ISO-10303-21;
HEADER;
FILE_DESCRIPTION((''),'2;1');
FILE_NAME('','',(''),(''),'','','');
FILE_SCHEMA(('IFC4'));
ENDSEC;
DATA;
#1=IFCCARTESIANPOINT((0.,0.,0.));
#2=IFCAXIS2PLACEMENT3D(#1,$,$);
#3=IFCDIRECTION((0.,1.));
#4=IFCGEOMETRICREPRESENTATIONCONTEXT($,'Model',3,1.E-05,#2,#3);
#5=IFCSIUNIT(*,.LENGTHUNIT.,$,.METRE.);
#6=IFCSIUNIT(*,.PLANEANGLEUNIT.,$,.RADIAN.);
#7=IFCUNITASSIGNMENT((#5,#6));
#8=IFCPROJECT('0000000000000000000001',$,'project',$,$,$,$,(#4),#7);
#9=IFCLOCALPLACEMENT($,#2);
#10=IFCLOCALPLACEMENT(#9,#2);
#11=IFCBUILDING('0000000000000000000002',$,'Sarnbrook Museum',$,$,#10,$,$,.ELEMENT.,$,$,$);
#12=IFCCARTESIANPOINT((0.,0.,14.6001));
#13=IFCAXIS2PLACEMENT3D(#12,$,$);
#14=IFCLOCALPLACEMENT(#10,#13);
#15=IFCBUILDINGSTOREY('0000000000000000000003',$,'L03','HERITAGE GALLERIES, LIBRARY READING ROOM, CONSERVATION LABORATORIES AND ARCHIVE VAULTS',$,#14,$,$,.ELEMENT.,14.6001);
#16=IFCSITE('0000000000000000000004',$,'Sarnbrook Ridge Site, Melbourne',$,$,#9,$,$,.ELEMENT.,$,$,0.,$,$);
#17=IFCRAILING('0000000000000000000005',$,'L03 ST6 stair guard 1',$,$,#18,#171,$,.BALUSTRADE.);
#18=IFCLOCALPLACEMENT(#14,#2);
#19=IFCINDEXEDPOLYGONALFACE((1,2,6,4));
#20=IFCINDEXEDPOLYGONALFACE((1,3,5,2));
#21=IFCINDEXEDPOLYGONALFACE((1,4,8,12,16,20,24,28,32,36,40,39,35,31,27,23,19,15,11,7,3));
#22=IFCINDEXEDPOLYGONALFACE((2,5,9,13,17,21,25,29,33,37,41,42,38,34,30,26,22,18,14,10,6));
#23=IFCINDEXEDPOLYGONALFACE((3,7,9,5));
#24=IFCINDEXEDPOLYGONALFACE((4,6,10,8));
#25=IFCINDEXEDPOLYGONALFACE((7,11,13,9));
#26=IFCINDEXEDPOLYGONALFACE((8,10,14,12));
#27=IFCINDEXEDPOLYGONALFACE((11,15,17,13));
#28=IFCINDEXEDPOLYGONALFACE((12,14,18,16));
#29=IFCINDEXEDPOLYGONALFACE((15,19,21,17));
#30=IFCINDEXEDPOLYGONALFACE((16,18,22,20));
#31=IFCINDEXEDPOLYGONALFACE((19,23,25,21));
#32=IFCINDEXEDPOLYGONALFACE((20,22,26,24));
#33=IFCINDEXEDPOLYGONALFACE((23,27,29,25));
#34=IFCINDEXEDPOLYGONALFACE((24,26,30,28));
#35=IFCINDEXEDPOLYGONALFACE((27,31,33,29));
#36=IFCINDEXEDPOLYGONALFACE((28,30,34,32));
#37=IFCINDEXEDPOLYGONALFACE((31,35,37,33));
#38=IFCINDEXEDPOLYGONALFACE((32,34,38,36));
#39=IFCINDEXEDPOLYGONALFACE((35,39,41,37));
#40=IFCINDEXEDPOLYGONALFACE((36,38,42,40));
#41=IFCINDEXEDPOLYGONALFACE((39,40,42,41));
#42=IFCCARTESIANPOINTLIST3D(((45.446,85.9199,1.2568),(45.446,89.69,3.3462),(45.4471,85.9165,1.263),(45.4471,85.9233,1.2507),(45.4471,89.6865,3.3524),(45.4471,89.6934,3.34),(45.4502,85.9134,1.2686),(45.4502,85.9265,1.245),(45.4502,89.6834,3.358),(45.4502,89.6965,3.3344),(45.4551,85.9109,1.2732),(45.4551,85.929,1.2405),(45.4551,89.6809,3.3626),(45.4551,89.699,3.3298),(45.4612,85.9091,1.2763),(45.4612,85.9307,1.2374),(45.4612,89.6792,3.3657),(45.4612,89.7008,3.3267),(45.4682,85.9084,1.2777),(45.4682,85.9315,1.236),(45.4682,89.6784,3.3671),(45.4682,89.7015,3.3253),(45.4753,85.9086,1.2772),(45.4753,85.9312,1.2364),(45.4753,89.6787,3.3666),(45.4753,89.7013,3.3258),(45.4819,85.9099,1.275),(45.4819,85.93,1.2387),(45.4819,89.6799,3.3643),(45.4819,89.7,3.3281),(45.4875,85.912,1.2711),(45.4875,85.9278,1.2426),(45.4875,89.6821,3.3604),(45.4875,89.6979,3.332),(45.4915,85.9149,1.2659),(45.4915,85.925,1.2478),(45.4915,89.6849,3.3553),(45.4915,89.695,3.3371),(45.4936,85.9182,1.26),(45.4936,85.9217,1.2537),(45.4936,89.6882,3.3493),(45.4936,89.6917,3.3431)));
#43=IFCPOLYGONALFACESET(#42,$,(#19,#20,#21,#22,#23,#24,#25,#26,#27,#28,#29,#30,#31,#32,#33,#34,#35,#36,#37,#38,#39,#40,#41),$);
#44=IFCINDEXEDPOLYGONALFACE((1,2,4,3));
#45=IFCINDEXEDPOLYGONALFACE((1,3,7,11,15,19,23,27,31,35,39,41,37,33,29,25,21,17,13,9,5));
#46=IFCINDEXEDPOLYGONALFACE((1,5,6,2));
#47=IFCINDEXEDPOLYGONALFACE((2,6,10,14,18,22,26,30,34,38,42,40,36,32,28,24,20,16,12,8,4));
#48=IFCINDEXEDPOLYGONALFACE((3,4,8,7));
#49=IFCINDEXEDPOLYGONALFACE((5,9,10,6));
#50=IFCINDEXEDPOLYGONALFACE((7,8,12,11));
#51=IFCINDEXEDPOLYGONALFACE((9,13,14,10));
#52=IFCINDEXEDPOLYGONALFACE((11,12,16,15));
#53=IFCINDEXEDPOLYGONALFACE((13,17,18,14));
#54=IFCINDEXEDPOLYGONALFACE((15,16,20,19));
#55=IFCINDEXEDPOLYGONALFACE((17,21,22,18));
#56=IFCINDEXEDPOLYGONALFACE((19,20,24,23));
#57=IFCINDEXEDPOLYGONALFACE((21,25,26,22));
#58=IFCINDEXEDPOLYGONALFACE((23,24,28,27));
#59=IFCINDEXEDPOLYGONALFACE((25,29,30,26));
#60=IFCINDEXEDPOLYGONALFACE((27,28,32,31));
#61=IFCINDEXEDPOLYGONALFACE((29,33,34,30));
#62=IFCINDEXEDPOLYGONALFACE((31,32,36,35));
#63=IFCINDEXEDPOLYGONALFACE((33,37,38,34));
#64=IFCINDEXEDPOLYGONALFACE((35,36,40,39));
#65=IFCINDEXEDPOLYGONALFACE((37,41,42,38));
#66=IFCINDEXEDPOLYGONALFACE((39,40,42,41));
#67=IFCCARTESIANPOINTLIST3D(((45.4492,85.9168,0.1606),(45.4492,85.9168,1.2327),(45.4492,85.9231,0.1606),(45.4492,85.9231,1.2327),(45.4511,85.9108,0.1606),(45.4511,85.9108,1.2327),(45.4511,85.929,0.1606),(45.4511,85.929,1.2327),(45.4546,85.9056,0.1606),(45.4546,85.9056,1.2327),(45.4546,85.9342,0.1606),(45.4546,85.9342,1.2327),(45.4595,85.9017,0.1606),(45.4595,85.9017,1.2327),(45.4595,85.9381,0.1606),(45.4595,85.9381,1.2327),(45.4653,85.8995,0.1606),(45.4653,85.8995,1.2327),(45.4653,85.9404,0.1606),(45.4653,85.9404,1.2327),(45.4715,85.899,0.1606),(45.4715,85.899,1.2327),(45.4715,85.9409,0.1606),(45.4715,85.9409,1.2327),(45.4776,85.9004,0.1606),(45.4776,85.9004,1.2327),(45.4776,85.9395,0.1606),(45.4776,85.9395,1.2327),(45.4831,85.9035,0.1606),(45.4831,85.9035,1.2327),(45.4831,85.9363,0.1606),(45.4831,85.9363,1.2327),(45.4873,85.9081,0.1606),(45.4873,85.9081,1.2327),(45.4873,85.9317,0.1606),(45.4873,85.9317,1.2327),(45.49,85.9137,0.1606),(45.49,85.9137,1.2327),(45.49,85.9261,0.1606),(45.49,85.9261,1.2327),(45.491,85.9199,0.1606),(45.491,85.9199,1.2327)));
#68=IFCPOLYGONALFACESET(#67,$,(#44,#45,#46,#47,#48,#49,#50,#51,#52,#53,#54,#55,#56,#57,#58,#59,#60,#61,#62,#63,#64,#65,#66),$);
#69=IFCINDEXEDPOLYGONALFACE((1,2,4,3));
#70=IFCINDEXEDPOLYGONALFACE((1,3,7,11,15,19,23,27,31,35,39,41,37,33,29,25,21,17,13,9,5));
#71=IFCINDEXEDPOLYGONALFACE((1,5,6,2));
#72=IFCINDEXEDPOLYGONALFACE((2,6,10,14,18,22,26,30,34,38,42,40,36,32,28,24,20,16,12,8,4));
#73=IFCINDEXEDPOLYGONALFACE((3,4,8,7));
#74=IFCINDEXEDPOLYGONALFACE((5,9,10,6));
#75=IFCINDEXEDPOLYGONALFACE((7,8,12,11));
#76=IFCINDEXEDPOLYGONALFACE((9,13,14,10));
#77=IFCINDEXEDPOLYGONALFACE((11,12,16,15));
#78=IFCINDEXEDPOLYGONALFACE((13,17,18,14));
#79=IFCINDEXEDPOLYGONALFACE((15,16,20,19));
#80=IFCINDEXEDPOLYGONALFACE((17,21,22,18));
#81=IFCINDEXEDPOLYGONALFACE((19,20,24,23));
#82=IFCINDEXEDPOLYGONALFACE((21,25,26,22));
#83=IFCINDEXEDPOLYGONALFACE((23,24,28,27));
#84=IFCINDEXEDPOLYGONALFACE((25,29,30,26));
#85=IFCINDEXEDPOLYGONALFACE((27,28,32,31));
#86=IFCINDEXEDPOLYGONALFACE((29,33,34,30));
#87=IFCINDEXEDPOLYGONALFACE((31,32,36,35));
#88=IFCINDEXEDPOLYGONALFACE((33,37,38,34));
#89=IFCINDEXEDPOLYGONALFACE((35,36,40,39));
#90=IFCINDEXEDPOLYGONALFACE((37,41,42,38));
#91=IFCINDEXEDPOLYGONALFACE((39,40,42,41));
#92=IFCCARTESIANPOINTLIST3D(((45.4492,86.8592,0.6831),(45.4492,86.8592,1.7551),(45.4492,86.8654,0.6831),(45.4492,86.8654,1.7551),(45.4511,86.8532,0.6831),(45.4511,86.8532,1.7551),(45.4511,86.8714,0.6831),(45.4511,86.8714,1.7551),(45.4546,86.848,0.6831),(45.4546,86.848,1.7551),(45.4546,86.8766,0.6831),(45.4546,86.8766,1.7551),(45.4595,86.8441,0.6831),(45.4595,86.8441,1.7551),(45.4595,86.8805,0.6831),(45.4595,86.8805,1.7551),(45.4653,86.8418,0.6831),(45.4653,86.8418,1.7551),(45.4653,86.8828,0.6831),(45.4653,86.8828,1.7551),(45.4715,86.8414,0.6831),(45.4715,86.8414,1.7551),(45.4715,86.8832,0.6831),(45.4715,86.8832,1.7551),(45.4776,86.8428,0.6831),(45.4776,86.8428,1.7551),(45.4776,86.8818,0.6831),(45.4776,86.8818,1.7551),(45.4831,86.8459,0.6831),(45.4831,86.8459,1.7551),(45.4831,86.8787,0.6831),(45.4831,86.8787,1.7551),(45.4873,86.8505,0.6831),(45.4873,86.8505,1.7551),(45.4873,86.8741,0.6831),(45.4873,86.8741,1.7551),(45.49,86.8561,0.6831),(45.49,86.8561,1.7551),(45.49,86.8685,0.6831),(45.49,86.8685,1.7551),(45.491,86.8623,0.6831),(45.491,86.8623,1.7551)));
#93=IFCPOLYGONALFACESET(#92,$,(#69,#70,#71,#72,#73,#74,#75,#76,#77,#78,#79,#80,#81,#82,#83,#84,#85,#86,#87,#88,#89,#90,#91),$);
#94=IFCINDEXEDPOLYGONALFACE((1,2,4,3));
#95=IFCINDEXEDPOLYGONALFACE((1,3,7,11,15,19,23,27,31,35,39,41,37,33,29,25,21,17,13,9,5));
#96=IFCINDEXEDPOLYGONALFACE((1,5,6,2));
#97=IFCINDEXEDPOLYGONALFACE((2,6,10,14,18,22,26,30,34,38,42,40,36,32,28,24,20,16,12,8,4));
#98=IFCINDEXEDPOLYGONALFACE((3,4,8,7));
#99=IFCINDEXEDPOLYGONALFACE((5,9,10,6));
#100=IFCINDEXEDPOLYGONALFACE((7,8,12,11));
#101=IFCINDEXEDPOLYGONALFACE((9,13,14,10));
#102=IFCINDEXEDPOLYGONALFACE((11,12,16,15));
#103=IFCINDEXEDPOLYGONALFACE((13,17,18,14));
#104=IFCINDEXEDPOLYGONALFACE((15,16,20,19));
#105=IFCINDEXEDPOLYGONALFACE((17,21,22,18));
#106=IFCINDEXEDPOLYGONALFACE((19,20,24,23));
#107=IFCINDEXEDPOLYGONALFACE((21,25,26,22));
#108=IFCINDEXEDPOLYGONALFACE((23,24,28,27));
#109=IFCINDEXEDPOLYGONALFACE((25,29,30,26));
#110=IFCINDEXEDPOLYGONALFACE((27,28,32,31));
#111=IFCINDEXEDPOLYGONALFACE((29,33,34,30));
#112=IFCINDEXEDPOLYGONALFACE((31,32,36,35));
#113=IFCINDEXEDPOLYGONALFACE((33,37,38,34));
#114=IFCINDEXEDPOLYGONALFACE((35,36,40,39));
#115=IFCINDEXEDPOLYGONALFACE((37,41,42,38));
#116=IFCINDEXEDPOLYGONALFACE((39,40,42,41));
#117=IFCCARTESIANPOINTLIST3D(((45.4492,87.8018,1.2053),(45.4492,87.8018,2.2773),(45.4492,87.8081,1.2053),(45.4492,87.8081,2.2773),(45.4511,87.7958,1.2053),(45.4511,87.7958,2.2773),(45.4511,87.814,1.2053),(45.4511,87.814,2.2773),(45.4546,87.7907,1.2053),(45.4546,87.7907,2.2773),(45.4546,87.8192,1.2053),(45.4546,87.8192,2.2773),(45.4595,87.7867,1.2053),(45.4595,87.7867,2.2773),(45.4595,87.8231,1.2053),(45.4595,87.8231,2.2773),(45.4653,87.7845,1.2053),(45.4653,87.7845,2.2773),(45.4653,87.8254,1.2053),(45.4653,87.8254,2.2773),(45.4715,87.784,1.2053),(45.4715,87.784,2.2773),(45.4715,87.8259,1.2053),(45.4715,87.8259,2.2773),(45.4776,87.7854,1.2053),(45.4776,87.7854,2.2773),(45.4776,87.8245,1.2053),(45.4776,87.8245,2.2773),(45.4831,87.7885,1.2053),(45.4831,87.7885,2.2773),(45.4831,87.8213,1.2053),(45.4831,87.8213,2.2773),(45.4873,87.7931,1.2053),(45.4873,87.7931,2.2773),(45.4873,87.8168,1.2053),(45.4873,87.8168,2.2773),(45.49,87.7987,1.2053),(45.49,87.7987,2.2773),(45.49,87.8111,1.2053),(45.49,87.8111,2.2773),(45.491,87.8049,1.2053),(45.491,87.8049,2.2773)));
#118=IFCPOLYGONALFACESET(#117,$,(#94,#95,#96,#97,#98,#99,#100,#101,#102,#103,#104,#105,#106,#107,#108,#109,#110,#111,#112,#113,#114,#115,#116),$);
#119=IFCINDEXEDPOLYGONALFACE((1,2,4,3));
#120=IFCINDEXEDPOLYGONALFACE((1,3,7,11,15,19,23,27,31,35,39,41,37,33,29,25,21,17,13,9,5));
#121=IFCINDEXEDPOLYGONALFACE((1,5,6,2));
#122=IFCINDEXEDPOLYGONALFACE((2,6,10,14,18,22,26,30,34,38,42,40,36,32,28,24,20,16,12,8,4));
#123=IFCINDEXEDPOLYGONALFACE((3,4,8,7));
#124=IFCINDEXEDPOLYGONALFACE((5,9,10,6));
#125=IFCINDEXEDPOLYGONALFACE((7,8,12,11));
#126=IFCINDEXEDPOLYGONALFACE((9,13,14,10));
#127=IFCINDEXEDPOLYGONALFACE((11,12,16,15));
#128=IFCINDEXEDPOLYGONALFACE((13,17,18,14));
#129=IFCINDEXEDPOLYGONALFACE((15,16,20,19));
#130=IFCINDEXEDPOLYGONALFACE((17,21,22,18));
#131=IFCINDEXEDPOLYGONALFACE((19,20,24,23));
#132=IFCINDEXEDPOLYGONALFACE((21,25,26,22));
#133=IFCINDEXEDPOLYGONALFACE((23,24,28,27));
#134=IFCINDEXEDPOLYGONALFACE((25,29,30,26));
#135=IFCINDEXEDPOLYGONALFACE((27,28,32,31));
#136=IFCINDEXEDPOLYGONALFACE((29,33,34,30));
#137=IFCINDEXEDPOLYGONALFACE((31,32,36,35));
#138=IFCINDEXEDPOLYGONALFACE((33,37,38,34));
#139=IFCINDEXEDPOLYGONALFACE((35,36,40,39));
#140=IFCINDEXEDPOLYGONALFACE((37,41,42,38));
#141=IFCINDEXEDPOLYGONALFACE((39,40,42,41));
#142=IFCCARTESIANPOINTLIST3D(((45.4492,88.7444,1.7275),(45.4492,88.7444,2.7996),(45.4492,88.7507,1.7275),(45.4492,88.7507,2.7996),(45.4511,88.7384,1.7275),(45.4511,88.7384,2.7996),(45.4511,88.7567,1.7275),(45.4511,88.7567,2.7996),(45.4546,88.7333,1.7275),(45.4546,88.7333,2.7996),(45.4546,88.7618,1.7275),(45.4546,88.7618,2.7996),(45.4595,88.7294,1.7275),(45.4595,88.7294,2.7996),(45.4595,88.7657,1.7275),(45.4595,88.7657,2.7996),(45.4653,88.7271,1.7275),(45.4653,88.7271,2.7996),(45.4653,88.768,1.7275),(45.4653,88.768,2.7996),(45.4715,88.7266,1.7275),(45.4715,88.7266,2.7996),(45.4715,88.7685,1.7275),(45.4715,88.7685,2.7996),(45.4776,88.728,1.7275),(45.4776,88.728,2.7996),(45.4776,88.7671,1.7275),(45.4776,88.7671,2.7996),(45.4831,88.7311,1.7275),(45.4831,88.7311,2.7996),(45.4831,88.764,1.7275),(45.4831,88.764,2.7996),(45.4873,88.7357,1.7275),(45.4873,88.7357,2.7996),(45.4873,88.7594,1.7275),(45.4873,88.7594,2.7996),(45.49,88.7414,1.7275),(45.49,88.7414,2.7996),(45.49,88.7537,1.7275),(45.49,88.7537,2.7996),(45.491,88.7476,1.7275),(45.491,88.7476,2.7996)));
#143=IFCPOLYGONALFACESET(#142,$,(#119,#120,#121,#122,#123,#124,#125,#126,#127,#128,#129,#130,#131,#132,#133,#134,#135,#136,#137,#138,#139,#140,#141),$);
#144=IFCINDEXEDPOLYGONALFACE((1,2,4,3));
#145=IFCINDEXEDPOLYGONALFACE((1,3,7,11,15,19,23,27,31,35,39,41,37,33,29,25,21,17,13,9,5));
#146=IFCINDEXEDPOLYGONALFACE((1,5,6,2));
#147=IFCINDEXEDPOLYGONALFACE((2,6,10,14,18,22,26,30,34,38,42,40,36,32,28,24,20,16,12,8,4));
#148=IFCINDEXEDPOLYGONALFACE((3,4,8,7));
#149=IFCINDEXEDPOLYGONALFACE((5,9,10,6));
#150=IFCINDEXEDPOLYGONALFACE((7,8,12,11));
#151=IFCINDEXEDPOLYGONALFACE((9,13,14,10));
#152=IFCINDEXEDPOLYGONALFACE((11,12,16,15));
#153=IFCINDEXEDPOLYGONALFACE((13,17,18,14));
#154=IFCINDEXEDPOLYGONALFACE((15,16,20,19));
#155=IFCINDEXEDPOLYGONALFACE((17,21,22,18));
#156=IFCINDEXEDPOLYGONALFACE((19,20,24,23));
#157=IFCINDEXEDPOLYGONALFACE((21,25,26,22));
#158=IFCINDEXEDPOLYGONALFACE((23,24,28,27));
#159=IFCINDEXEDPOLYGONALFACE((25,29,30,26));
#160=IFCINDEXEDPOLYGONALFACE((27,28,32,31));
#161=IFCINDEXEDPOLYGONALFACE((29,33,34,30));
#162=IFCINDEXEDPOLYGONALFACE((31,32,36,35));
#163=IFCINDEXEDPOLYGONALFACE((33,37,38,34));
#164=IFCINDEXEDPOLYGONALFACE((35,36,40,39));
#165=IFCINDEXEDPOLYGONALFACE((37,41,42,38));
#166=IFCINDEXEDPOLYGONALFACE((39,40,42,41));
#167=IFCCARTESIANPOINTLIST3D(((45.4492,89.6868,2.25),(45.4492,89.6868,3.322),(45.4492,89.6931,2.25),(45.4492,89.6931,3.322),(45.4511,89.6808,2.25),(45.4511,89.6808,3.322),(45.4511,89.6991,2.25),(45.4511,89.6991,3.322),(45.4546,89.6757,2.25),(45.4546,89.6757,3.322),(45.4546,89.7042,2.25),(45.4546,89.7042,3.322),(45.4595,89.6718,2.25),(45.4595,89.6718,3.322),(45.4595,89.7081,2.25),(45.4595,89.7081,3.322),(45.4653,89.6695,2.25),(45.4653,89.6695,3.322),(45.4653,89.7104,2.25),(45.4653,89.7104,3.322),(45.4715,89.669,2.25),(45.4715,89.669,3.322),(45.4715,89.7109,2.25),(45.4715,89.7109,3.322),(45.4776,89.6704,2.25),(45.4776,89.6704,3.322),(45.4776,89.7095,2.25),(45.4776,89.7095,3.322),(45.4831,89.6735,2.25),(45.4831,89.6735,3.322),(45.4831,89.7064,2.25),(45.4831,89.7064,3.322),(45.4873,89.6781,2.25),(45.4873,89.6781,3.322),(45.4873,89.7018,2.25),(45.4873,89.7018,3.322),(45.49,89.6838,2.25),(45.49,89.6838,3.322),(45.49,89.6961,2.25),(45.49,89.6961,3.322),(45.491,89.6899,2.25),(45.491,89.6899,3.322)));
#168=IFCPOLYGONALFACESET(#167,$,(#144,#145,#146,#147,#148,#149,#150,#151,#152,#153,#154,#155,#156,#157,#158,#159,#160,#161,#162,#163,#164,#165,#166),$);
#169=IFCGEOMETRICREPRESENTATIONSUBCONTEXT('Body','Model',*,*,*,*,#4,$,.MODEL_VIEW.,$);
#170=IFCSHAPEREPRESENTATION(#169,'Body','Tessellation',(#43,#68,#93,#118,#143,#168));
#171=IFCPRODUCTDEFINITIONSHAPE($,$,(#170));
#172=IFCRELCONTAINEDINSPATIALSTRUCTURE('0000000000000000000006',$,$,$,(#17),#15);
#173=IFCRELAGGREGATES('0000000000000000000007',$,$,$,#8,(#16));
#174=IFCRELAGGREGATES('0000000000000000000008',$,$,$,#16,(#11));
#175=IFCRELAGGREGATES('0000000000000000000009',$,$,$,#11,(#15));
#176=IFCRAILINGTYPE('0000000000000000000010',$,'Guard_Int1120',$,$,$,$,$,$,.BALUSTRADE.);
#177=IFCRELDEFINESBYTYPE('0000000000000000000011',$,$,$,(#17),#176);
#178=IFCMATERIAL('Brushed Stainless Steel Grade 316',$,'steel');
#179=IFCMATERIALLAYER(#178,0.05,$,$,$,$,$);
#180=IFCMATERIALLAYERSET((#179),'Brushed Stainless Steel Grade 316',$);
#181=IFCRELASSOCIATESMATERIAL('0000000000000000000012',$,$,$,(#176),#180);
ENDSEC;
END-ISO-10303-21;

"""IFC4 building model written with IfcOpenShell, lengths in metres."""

from ifc_helpers import new_model, si_unit, direction, frame, origin, origin_2d, place, context, subcontext, project, spatial, circle, extrude, material, layer, layer_set, type_object, element, save


model = new_model("IFC4")

# Units and contexts
model_context = context("Model", 3, precision=1e-05, world=origin(), true_north=direction((0.0, 1.0)))
body_context = subcontext(model_context, "Body", "Model", "MODEL_VIEW")
ifc_project = project(units=[si_unit("LENGTHUNIT", "METRE"), si_unit("PLANEANGLEUNIT", "RADIAN")], contexts=[model_context])

# Site, building, storey
site_placement = place(None, origin())
site = spatial("IfcSite", under=ifc_project, at=site_placement, Name="Sarnbrook Ridge Site, Melbourne", CompositionType="ELEMENT", RefElevation=0.0)
building_placement = place(site_placement, origin())
building = spatial("IfcBuilding", under=site, at=building_placement, Name="Sarnbrook Museum", CompositionType="ELEMENT")
storey_placement = place(building_placement, frame((0.0, 0.0, 14.6001)))
storey = spatial("IfcBuildingStorey", under=building, at=storey_placement, Name="L03", Description="HERITAGE GALLERIES, LIBRARY READING ROOM, CONSERVATION LABORATORIES AND ARCHIVE VAULTS", CompositionType="ELEMENT", Elevation=14.6001)

# Shared definitions
ifc_material_1 = material(Name="Brushed Stainless Steel Grade 316", Category="steel")

# Railing
ifc_layer_1 = layer(ifc_material_1, 0.05)
ifc_layer_set_1 = layer_set([ifc_layer_1], Name="Brushed Stainless Steel Grade 316")
railing_type_1 = type_object("IfcRailingType", Name="Guard_Int1120", PredefinedType="BALUSTRADE", material=ifc_layer_set_1)
railing_1_placement = place(storey_placement, frame((45.47, 85.9199, 0.1606)))
element("IfcRailing", 1, at=railing_1_placement, inside=storey, type_object=railing_type_1, Name="L03 ST6 stair guard 1", PredefinedType="BALUSTRADE", context=body_context, shape_type="SweptSolid", body=[
    extrude(circle(Radius=0.0239, at=origin_2d()), frame((0.0, 0.0, 1.0962), z_axis=(0.0, 0.874659, 0.484739), x_axis=(-1.0, 0.0, 0.0)), (0.0, 0.0, 1.0), 4.3103),
    extrude(circle(Radius=0.021, at=origin_2d()), origin(), (0.0, 0.0, 1.0), 1.072),
    extrude(circle(Radius=0.021, at=origin_2d()), frame((0.0, 0.9424, 0.5225)), (0.0, 0.0, 1.0), 1.072),
    extrude(circle(Radius=0.021, at=origin_2d()), frame((0.0, 1.885, 1.0447)), (0.0, 0.0, 1.0), 1.072),
    extrude(circle(Radius=0.021, at=origin_2d()), frame((0.0, 2.8276, 1.5669)), (0.0, 0.0, 1.0), 1.072),
    extrude(circle(Radius=0.021, at=origin_2d()), frame((0.0, 3.77, 2.0894)), (0.0, 0.0, 1.0), 1.072),
])

save(model, "model.ifc")
